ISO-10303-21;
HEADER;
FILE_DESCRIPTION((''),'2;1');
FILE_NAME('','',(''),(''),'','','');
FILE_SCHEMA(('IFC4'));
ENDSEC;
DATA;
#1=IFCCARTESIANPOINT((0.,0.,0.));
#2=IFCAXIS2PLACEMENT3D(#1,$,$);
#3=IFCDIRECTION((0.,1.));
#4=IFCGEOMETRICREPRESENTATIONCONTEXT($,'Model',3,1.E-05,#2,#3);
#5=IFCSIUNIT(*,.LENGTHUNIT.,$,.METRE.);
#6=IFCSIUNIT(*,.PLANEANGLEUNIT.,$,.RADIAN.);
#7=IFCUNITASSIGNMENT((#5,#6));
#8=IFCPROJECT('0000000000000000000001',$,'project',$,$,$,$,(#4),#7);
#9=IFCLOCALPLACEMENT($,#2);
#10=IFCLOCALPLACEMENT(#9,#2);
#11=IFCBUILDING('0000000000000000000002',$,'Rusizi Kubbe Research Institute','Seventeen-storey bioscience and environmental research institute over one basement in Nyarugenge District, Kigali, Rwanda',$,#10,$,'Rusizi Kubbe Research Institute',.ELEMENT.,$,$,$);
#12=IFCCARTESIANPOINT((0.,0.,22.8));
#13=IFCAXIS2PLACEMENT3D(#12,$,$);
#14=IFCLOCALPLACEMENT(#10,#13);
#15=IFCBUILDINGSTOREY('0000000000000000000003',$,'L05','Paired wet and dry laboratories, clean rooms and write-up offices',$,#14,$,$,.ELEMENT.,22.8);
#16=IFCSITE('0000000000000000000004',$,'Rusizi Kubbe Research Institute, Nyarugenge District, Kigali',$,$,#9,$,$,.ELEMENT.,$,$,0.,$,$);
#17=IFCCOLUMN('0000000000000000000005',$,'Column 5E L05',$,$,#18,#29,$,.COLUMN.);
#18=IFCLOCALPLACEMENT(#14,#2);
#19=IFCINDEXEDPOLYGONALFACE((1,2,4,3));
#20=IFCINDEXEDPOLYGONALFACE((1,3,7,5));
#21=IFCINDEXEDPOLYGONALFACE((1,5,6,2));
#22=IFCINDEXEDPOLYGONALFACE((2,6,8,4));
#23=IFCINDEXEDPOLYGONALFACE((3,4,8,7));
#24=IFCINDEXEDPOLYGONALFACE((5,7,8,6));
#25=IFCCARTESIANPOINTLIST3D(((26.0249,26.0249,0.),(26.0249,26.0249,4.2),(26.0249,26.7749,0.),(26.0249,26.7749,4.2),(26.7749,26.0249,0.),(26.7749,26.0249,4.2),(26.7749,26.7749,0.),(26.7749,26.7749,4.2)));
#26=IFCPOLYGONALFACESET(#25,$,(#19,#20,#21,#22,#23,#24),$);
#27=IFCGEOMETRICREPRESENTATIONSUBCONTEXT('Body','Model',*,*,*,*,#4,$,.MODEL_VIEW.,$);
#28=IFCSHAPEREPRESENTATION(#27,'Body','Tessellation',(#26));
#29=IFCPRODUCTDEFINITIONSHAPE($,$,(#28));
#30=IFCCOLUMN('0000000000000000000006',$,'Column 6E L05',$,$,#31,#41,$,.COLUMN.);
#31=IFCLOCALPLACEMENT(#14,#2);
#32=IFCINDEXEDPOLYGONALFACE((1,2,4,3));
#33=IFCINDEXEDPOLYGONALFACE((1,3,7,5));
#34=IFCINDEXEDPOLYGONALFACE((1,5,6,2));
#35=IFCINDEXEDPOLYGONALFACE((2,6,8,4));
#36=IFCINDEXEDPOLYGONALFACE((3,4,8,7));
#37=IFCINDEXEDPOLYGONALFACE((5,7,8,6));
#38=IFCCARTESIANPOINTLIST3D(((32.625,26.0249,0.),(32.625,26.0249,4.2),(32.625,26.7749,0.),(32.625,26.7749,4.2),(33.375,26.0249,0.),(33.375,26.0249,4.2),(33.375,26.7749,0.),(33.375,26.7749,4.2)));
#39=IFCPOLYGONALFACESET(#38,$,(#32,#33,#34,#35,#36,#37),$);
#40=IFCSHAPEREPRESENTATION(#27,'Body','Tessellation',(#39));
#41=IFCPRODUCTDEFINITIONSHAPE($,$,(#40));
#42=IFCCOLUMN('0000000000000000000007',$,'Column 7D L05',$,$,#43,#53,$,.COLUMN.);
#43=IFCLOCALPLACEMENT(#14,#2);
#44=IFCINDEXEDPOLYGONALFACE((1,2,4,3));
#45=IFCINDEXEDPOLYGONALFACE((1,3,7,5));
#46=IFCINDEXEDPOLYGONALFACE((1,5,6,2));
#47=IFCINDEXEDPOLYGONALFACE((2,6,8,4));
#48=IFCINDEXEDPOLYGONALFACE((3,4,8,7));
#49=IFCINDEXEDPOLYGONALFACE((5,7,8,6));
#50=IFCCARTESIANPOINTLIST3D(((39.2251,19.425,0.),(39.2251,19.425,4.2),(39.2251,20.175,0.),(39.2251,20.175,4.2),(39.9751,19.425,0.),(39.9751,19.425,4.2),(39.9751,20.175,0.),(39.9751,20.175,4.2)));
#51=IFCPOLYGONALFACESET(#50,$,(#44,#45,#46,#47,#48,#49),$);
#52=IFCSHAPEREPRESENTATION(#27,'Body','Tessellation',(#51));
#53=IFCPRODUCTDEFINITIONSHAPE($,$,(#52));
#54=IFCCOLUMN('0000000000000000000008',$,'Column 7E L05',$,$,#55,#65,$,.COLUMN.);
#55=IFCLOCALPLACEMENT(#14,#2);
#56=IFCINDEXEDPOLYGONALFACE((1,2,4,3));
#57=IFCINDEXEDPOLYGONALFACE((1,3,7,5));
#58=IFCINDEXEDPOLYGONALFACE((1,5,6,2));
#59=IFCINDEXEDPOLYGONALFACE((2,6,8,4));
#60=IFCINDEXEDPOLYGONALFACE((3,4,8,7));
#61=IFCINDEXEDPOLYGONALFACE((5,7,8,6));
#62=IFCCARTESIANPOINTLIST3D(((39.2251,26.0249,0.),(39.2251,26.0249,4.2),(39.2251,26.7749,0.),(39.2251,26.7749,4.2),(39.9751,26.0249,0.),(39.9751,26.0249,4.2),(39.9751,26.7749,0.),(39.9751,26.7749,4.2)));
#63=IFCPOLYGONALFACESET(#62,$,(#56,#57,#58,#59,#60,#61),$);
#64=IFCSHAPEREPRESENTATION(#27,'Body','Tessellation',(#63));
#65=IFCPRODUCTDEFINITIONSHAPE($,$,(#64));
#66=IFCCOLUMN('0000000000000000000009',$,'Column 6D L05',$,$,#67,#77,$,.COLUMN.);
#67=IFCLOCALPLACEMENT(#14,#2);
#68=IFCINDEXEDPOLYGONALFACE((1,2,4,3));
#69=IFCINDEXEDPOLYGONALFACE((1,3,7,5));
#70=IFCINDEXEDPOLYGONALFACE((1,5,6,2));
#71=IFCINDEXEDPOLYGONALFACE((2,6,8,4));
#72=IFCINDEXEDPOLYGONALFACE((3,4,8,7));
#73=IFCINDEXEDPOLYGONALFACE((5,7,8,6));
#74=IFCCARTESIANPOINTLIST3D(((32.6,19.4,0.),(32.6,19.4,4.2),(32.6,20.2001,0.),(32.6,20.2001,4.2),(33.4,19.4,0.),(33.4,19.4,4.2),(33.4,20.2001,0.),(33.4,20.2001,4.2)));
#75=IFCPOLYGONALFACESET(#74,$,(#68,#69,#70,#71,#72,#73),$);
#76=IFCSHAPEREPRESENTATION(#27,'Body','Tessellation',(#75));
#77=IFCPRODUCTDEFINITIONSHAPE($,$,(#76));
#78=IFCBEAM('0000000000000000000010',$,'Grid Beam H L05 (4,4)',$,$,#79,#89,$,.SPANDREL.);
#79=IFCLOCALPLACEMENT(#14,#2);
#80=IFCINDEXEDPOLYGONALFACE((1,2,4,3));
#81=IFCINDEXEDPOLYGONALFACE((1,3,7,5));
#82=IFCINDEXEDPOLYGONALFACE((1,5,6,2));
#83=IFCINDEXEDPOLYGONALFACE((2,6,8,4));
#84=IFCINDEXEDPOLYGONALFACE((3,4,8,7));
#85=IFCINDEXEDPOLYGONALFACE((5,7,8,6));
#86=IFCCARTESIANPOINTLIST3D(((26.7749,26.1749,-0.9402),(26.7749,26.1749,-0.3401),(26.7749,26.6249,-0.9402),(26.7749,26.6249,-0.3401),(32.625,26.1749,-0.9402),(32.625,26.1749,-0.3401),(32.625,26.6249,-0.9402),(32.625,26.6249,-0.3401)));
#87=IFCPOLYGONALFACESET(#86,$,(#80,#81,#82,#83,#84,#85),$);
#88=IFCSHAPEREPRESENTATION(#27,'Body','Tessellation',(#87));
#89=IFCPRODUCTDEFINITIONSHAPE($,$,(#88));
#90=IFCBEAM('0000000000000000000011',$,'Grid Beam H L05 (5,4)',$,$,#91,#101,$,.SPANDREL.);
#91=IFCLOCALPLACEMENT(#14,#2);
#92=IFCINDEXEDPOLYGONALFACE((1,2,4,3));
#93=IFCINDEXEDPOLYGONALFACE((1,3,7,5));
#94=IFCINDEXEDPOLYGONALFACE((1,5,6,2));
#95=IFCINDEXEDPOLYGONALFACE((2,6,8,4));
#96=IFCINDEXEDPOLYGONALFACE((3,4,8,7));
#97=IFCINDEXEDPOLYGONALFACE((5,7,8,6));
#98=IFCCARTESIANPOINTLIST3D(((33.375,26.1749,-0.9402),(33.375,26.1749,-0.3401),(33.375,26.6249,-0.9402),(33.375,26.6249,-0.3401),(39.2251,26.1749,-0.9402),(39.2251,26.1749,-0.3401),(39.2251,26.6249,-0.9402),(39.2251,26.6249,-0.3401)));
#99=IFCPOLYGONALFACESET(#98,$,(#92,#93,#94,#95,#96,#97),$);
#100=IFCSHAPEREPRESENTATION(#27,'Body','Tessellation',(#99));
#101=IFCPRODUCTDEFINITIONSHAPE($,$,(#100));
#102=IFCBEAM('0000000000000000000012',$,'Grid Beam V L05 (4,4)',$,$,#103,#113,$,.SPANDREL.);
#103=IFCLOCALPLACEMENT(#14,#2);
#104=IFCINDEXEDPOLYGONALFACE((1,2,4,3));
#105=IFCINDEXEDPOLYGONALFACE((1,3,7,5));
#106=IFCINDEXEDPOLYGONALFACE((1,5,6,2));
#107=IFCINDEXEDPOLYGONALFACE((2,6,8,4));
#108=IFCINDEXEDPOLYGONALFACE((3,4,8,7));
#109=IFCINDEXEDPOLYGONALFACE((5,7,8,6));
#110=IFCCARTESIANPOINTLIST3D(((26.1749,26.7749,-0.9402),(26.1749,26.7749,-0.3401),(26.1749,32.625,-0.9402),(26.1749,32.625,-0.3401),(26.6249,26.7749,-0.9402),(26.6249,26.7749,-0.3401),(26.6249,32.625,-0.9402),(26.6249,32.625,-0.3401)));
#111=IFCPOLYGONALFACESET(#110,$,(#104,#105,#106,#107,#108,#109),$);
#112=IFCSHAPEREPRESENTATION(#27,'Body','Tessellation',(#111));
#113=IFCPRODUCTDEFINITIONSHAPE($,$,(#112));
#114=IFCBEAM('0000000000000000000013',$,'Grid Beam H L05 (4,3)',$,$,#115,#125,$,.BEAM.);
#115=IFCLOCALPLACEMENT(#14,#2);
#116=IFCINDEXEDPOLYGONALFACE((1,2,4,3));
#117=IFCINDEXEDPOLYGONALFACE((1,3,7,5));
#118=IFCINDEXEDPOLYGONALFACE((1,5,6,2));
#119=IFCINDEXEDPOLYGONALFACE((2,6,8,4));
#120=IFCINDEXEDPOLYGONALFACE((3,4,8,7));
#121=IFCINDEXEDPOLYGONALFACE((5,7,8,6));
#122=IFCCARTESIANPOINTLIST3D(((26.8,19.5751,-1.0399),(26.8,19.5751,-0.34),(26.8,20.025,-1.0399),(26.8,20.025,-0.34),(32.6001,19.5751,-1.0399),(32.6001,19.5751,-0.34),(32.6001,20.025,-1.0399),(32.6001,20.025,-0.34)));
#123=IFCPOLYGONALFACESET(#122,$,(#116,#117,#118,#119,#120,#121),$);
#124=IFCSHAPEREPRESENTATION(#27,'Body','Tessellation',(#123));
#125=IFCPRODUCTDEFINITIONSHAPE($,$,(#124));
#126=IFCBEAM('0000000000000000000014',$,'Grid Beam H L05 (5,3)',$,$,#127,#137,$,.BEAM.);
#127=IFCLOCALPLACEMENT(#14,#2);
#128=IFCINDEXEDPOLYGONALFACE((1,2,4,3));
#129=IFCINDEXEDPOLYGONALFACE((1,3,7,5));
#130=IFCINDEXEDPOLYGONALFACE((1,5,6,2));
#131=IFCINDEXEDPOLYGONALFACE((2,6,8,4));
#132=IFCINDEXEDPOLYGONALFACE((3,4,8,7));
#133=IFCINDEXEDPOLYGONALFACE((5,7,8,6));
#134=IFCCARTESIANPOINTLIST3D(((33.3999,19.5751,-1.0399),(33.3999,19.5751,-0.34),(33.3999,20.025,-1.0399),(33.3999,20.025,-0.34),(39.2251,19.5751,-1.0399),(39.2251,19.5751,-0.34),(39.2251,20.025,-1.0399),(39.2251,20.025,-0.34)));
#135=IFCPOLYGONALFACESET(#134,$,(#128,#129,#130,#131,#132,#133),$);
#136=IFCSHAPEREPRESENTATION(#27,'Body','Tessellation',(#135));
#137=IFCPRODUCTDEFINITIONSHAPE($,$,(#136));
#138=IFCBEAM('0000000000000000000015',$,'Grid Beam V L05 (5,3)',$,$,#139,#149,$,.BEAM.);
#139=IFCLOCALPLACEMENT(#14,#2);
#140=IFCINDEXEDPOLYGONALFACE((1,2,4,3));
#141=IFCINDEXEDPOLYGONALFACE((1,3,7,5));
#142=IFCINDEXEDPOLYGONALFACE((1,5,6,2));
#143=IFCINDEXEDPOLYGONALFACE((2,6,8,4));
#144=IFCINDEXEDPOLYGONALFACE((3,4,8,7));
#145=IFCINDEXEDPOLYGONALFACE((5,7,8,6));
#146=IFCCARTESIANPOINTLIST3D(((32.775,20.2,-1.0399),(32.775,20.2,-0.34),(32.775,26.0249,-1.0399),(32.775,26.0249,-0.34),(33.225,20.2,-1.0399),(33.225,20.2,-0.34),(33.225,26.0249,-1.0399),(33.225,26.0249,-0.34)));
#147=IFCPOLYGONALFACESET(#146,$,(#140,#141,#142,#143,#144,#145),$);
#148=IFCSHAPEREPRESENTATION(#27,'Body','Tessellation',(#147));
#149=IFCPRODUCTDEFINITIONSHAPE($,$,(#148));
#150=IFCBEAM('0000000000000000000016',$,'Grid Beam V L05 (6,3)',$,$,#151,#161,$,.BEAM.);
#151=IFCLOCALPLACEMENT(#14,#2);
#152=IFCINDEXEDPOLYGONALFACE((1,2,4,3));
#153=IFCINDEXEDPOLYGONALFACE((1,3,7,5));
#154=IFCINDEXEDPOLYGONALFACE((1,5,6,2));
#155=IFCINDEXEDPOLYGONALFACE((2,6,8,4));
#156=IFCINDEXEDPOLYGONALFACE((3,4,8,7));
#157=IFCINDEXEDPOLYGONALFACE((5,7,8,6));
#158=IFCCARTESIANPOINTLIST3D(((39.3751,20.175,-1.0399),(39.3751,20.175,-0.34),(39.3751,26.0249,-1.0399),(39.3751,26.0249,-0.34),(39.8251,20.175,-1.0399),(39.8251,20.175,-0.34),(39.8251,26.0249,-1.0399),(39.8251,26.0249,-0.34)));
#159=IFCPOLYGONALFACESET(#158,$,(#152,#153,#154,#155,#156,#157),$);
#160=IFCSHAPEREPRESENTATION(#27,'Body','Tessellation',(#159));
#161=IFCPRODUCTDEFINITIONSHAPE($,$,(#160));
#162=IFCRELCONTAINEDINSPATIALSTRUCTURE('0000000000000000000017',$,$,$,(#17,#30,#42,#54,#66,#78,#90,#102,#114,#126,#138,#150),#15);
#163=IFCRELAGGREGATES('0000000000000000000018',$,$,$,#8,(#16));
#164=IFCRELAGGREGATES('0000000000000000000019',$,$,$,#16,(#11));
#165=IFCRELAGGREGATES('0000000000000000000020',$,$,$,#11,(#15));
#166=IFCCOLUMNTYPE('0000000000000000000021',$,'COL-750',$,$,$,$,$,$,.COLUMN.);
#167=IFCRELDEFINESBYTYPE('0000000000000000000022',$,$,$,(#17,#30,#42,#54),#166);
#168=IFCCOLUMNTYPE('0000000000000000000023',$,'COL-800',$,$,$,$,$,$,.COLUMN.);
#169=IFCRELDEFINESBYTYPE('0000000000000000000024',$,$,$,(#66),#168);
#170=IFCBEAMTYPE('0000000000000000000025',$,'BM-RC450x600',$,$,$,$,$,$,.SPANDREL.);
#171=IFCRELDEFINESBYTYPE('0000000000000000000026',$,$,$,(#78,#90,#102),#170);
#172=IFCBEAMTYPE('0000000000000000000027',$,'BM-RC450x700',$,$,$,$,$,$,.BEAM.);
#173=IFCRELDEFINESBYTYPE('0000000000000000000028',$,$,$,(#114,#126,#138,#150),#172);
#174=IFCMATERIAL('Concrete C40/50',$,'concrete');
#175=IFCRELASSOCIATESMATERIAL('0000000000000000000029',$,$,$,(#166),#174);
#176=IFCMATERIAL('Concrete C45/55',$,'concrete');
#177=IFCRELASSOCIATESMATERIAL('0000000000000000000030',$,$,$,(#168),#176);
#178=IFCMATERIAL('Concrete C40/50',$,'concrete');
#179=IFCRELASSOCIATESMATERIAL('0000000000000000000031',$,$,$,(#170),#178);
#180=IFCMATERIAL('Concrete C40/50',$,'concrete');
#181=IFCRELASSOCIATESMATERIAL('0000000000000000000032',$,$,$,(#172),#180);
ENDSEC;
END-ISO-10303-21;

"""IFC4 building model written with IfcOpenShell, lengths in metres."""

from ifc_helpers import new_model, si_unit, direction, frame, origin, origin_2d, place, context, subcontext, project, spatial, rectangle, extrude, material, material_profile, profile_set, type_object, element, save


model = new_model("IFC4")

# Units and contexts
model_context = context("Model", 3, precision=1e-05, world=origin(), true_north=direction((0.0, 1.0)))
body_context = subcontext(model_context, "Body", "Model", "MODEL_VIEW")
ifc_project = project(units=[si_unit("LENGTHUNIT", "METRE"), si_unit("PLANEANGLEUNIT", "RADIAN")], contexts=[model_context])

# Site, building, storey
site_placement = place(None, origin())
site = spatial("IfcSite", under=ifc_project, at=site_placement, Name="Rusizi Kubbe Research Institute, Nyarugenge District, Kigali", CompositionType="ELEMENT", RefElevation=0.0)
building_placement = place(site_placement, origin())
building = spatial("IfcBuilding", under=site, at=building_placement, Name="Rusizi Kubbe Research Institute", Description="Seventeen-storey bioscience and environmental research institute over one basement in Nyarugenge District, Kigali, Rwanda", LongName="Rusizi Kubbe Research Institute", CompositionType="ELEMENT")
storey_placement = place(building_placement, frame((0.0, 0.0, 22.8)))
storey = spatial("IfcBuildingStorey", under=building, at=storey_placement, Name="L05", Description="Paired wet and dry laboratories, clean rooms and write-up offices", CompositionType="ELEMENT", Elevation=22.8)

# Columns
ifc_material_1 = material(Name="Concrete C40/50", Category="concrete")
ifc_material_profile_1 = material_profile(ifc_material_1, rectangle(XDim=0.75, YDim=0.75, at=origin_2d()), Name="RC750x750")
ifc_profile_set_1 = profile_set([ifc_material_profile_1], Name="Concrete C40/50")
column_type_1 = type_object("IfcColumnType", Name="COL-750", PredefinedType="COLUMN", material=ifc_profile_set_1)
for number, where, z_axis, x_axis, name in (
    (1, (26.3999, 26.3999, 0.0), (0.0, 0.0, 1.0), (1.0, 0.0, 0.0), "Column 5E L05"),
    (2, (33.0, 26.3999, 0.0), (0.0, 0.0, 1.0), (1.0, 0.0, 0.0), "Column 6E L05"),
    (3, (39.6001, 19.8, 0.0), (0.0, 0.0, 1.0), (1.0, 0.0, 0.0), "Column 7D L05"),
    (4, (39.6001, 26.3999, 0.0), (0.0, 0.0, 1.0), (1.0, 0.0, 0.0), "Column 7E L05"),
):
    element("IfcColumn", number, at=place(storey_placement, frame(where, z_axis=z_axis, x_axis=x_axis)), inside=storey, type_object=column_type_1, Name=name, PredefinedType="COLUMN", context=body_context, shape_type="SweptSolid", body=[
        extrude(rectangle(XDim=0.75, YDim=0.75, at=origin_2d()), origin(), (0.0, 0.0, 1.0), 4.2),
    ])
ifc_material_2 = material(Name="Concrete C45/55", Category="concrete")
ifc_material_profile_2 = material_profile(ifc_material_2, rectangle(XDim=0.8, YDim=0.8, at=origin_2d()), Name="RC800x800")
ifc_profile_set_2 = profile_set([ifc_material_profile_2], Name="Concrete C45/55")
column_type_2 = type_object("IfcColumnType", Name="COL-800", PredefinedType="COLUMN", material=ifc_profile_set_2)
column_placement = place(storey_placement, frame((33.0, 19.8, 0.0), z_axis=(0.0, 0.0, 1.0), x_axis=(1.0, 0.0, 0.0)))
element("IfcColumn", 5, at=column_placement, inside=storey, type_object=column_type_2, Name="Column 6D L05", PredefinedType="COLUMN", context=body_context, shape_type="SweptSolid", body=[
    extrude(rectangle(XDim=0.8, YDim=0.8, at=origin_2d()), origin(), (0.0, 0.0, 1.0), 4.2),
])

# Beams
ifc_material_3 = material(Name="Concrete C40/50", Category="concrete")
ifc_material_profile_3 = material_profile(ifc_material_3, rectangle(XDim=0.45, YDim=0.6001, at=origin_2d()), Name="RC450x600")
ifc_profile_set_3 = profile_set([ifc_material_profile_3], Name="Concrete C40/50")
beam_type_1 = type_object("IfcBeamType", Name="BM-RC450x600", PredefinedType="SPANDREL", material=ifc_profile_set_3)
for number, where, z_axis, x_axis, name in (
    (6, (26.7749, 26.3999, -0.6401), (1.0, 0.0, 0.0), (0.0, 1.0, 0.0), "Grid Beam H L05 (4,4)"),
    (7, (33.375, 26.3999, -0.6401), (1.0, 0.0, 0.0), (0.0, 1.0, 0.0), "Grid Beam H L05 (5,4)"),
    (8, (26.3999, 26.7749, -0.6401), (0.0, 1.0, 0.0), (-1.0, 0.0, 0.0), "Grid Beam V L05 (4,4)"),
):
    element("IfcBeam", number, at=place(storey_placement, frame(where, z_axis=z_axis, x_axis=x_axis)), inside=storey, type_object=beam_type_1, Name=name, PredefinedType="SPANDREL", context=body_context, shape_type="SweptSolid", body=[
        extrude(rectangle(XDim=0.45, YDim=0.6001, at=origin_2d()), origin(), (0.0, 0.0, 1.0), 5.8501),
    ])
ifc_material_4 = material(Name="Concrete C40/50", Category="concrete")
ifc_material_profile_4 = material_profile(ifc_material_4, rectangle(XDim=0.45, YDim=0.7, at=origin_2d()), Name="RC450x700B")
ifc_profile_set_4 = profile_set([ifc_material_profile_4], Name="Concrete C40/50")
beam_type_2 = type_object("IfcBeamType", Name="BM-RC450x700", PredefinedType="BEAM", material=ifc_profile_set_4)
beam_1_placement = place(storey_placement, frame((26.8, 19.8, -0.6899), z_axis=(1.0, 0.0, 0.0), x_axis=(0.0, 1.0, 0.0)))
element("IfcBeam", 9, at=beam_1_placement, inside=storey, type_object=beam_type_2, Name="Grid Beam H L05 (4,3)", PredefinedType="BEAM", context=body_context, shape_type="SweptSolid", body=[
    extrude(rectangle(XDim=0.45, YDim=0.7, at=origin_2d()), origin(), (0.0, 0.0, 1.0), 5.8),
])
beam_2_placement = place(storey_placement, frame((33.3999, 19.8, -0.6899), z_axis=(1.0, 0.0, 0.0), x_axis=(0.0, 1.0, 0.0)))
element("IfcBeam", 10, at=beam_2_placement, inside=storey, type_object=beam_type_2, Name="Grid Beam H L05 (5,3)", PredefinedType="BEAM", context=body_context, shape_type="SweptSolid", body=[
    extrude(rectangle(XDim=0.45, YDim=0.7, at=origin_2d()), origin(), (0.0, 0.0, 1.0), 5.8252),
])
beam_3_placement = place(storey_placement, frame((33.0, 20.2, -0.6899), z_axis=(0.0, 1.0, 0.0), x_axis=(-1.0, 0.0, 0.0)))
element("IfcBeam", 11, at=beam_3_placement, inside=storey, type_object=beam_type_2, Name="Grid Beam V L05 (5,3)", PredefinedType="BEAM", context=body_context, shape_type="SweptSolid", body=[
    extrude(rectangle(XDim=0.45, YDim=0.7, at=origin_2d()), origin(), (0.0, 0.0, 1.0), 5.825),
])
beam_4_placement = place(storey_placement, frame((39.6001, 20.175, -0.6899), z_axis=(0.0, 1.0, 0.0), x_axis=(-1.0, 0.0, 0.0)))
element("IfcBeam", 12, at=beam_4_placement, inside=storey, type_object=beam_type_2, Name="Grid Beam V L05 (6,3)", PredefinedType="BEAM", context=body_context, shape_type="SweptSolid", body=[
    extrude(rectangle(XDim=0.45, YDim=0.7, at=origin_2d()), origin(), (0.0, 0.0, 1.0), 5.8499),
])

save(model, "model.ifc")
